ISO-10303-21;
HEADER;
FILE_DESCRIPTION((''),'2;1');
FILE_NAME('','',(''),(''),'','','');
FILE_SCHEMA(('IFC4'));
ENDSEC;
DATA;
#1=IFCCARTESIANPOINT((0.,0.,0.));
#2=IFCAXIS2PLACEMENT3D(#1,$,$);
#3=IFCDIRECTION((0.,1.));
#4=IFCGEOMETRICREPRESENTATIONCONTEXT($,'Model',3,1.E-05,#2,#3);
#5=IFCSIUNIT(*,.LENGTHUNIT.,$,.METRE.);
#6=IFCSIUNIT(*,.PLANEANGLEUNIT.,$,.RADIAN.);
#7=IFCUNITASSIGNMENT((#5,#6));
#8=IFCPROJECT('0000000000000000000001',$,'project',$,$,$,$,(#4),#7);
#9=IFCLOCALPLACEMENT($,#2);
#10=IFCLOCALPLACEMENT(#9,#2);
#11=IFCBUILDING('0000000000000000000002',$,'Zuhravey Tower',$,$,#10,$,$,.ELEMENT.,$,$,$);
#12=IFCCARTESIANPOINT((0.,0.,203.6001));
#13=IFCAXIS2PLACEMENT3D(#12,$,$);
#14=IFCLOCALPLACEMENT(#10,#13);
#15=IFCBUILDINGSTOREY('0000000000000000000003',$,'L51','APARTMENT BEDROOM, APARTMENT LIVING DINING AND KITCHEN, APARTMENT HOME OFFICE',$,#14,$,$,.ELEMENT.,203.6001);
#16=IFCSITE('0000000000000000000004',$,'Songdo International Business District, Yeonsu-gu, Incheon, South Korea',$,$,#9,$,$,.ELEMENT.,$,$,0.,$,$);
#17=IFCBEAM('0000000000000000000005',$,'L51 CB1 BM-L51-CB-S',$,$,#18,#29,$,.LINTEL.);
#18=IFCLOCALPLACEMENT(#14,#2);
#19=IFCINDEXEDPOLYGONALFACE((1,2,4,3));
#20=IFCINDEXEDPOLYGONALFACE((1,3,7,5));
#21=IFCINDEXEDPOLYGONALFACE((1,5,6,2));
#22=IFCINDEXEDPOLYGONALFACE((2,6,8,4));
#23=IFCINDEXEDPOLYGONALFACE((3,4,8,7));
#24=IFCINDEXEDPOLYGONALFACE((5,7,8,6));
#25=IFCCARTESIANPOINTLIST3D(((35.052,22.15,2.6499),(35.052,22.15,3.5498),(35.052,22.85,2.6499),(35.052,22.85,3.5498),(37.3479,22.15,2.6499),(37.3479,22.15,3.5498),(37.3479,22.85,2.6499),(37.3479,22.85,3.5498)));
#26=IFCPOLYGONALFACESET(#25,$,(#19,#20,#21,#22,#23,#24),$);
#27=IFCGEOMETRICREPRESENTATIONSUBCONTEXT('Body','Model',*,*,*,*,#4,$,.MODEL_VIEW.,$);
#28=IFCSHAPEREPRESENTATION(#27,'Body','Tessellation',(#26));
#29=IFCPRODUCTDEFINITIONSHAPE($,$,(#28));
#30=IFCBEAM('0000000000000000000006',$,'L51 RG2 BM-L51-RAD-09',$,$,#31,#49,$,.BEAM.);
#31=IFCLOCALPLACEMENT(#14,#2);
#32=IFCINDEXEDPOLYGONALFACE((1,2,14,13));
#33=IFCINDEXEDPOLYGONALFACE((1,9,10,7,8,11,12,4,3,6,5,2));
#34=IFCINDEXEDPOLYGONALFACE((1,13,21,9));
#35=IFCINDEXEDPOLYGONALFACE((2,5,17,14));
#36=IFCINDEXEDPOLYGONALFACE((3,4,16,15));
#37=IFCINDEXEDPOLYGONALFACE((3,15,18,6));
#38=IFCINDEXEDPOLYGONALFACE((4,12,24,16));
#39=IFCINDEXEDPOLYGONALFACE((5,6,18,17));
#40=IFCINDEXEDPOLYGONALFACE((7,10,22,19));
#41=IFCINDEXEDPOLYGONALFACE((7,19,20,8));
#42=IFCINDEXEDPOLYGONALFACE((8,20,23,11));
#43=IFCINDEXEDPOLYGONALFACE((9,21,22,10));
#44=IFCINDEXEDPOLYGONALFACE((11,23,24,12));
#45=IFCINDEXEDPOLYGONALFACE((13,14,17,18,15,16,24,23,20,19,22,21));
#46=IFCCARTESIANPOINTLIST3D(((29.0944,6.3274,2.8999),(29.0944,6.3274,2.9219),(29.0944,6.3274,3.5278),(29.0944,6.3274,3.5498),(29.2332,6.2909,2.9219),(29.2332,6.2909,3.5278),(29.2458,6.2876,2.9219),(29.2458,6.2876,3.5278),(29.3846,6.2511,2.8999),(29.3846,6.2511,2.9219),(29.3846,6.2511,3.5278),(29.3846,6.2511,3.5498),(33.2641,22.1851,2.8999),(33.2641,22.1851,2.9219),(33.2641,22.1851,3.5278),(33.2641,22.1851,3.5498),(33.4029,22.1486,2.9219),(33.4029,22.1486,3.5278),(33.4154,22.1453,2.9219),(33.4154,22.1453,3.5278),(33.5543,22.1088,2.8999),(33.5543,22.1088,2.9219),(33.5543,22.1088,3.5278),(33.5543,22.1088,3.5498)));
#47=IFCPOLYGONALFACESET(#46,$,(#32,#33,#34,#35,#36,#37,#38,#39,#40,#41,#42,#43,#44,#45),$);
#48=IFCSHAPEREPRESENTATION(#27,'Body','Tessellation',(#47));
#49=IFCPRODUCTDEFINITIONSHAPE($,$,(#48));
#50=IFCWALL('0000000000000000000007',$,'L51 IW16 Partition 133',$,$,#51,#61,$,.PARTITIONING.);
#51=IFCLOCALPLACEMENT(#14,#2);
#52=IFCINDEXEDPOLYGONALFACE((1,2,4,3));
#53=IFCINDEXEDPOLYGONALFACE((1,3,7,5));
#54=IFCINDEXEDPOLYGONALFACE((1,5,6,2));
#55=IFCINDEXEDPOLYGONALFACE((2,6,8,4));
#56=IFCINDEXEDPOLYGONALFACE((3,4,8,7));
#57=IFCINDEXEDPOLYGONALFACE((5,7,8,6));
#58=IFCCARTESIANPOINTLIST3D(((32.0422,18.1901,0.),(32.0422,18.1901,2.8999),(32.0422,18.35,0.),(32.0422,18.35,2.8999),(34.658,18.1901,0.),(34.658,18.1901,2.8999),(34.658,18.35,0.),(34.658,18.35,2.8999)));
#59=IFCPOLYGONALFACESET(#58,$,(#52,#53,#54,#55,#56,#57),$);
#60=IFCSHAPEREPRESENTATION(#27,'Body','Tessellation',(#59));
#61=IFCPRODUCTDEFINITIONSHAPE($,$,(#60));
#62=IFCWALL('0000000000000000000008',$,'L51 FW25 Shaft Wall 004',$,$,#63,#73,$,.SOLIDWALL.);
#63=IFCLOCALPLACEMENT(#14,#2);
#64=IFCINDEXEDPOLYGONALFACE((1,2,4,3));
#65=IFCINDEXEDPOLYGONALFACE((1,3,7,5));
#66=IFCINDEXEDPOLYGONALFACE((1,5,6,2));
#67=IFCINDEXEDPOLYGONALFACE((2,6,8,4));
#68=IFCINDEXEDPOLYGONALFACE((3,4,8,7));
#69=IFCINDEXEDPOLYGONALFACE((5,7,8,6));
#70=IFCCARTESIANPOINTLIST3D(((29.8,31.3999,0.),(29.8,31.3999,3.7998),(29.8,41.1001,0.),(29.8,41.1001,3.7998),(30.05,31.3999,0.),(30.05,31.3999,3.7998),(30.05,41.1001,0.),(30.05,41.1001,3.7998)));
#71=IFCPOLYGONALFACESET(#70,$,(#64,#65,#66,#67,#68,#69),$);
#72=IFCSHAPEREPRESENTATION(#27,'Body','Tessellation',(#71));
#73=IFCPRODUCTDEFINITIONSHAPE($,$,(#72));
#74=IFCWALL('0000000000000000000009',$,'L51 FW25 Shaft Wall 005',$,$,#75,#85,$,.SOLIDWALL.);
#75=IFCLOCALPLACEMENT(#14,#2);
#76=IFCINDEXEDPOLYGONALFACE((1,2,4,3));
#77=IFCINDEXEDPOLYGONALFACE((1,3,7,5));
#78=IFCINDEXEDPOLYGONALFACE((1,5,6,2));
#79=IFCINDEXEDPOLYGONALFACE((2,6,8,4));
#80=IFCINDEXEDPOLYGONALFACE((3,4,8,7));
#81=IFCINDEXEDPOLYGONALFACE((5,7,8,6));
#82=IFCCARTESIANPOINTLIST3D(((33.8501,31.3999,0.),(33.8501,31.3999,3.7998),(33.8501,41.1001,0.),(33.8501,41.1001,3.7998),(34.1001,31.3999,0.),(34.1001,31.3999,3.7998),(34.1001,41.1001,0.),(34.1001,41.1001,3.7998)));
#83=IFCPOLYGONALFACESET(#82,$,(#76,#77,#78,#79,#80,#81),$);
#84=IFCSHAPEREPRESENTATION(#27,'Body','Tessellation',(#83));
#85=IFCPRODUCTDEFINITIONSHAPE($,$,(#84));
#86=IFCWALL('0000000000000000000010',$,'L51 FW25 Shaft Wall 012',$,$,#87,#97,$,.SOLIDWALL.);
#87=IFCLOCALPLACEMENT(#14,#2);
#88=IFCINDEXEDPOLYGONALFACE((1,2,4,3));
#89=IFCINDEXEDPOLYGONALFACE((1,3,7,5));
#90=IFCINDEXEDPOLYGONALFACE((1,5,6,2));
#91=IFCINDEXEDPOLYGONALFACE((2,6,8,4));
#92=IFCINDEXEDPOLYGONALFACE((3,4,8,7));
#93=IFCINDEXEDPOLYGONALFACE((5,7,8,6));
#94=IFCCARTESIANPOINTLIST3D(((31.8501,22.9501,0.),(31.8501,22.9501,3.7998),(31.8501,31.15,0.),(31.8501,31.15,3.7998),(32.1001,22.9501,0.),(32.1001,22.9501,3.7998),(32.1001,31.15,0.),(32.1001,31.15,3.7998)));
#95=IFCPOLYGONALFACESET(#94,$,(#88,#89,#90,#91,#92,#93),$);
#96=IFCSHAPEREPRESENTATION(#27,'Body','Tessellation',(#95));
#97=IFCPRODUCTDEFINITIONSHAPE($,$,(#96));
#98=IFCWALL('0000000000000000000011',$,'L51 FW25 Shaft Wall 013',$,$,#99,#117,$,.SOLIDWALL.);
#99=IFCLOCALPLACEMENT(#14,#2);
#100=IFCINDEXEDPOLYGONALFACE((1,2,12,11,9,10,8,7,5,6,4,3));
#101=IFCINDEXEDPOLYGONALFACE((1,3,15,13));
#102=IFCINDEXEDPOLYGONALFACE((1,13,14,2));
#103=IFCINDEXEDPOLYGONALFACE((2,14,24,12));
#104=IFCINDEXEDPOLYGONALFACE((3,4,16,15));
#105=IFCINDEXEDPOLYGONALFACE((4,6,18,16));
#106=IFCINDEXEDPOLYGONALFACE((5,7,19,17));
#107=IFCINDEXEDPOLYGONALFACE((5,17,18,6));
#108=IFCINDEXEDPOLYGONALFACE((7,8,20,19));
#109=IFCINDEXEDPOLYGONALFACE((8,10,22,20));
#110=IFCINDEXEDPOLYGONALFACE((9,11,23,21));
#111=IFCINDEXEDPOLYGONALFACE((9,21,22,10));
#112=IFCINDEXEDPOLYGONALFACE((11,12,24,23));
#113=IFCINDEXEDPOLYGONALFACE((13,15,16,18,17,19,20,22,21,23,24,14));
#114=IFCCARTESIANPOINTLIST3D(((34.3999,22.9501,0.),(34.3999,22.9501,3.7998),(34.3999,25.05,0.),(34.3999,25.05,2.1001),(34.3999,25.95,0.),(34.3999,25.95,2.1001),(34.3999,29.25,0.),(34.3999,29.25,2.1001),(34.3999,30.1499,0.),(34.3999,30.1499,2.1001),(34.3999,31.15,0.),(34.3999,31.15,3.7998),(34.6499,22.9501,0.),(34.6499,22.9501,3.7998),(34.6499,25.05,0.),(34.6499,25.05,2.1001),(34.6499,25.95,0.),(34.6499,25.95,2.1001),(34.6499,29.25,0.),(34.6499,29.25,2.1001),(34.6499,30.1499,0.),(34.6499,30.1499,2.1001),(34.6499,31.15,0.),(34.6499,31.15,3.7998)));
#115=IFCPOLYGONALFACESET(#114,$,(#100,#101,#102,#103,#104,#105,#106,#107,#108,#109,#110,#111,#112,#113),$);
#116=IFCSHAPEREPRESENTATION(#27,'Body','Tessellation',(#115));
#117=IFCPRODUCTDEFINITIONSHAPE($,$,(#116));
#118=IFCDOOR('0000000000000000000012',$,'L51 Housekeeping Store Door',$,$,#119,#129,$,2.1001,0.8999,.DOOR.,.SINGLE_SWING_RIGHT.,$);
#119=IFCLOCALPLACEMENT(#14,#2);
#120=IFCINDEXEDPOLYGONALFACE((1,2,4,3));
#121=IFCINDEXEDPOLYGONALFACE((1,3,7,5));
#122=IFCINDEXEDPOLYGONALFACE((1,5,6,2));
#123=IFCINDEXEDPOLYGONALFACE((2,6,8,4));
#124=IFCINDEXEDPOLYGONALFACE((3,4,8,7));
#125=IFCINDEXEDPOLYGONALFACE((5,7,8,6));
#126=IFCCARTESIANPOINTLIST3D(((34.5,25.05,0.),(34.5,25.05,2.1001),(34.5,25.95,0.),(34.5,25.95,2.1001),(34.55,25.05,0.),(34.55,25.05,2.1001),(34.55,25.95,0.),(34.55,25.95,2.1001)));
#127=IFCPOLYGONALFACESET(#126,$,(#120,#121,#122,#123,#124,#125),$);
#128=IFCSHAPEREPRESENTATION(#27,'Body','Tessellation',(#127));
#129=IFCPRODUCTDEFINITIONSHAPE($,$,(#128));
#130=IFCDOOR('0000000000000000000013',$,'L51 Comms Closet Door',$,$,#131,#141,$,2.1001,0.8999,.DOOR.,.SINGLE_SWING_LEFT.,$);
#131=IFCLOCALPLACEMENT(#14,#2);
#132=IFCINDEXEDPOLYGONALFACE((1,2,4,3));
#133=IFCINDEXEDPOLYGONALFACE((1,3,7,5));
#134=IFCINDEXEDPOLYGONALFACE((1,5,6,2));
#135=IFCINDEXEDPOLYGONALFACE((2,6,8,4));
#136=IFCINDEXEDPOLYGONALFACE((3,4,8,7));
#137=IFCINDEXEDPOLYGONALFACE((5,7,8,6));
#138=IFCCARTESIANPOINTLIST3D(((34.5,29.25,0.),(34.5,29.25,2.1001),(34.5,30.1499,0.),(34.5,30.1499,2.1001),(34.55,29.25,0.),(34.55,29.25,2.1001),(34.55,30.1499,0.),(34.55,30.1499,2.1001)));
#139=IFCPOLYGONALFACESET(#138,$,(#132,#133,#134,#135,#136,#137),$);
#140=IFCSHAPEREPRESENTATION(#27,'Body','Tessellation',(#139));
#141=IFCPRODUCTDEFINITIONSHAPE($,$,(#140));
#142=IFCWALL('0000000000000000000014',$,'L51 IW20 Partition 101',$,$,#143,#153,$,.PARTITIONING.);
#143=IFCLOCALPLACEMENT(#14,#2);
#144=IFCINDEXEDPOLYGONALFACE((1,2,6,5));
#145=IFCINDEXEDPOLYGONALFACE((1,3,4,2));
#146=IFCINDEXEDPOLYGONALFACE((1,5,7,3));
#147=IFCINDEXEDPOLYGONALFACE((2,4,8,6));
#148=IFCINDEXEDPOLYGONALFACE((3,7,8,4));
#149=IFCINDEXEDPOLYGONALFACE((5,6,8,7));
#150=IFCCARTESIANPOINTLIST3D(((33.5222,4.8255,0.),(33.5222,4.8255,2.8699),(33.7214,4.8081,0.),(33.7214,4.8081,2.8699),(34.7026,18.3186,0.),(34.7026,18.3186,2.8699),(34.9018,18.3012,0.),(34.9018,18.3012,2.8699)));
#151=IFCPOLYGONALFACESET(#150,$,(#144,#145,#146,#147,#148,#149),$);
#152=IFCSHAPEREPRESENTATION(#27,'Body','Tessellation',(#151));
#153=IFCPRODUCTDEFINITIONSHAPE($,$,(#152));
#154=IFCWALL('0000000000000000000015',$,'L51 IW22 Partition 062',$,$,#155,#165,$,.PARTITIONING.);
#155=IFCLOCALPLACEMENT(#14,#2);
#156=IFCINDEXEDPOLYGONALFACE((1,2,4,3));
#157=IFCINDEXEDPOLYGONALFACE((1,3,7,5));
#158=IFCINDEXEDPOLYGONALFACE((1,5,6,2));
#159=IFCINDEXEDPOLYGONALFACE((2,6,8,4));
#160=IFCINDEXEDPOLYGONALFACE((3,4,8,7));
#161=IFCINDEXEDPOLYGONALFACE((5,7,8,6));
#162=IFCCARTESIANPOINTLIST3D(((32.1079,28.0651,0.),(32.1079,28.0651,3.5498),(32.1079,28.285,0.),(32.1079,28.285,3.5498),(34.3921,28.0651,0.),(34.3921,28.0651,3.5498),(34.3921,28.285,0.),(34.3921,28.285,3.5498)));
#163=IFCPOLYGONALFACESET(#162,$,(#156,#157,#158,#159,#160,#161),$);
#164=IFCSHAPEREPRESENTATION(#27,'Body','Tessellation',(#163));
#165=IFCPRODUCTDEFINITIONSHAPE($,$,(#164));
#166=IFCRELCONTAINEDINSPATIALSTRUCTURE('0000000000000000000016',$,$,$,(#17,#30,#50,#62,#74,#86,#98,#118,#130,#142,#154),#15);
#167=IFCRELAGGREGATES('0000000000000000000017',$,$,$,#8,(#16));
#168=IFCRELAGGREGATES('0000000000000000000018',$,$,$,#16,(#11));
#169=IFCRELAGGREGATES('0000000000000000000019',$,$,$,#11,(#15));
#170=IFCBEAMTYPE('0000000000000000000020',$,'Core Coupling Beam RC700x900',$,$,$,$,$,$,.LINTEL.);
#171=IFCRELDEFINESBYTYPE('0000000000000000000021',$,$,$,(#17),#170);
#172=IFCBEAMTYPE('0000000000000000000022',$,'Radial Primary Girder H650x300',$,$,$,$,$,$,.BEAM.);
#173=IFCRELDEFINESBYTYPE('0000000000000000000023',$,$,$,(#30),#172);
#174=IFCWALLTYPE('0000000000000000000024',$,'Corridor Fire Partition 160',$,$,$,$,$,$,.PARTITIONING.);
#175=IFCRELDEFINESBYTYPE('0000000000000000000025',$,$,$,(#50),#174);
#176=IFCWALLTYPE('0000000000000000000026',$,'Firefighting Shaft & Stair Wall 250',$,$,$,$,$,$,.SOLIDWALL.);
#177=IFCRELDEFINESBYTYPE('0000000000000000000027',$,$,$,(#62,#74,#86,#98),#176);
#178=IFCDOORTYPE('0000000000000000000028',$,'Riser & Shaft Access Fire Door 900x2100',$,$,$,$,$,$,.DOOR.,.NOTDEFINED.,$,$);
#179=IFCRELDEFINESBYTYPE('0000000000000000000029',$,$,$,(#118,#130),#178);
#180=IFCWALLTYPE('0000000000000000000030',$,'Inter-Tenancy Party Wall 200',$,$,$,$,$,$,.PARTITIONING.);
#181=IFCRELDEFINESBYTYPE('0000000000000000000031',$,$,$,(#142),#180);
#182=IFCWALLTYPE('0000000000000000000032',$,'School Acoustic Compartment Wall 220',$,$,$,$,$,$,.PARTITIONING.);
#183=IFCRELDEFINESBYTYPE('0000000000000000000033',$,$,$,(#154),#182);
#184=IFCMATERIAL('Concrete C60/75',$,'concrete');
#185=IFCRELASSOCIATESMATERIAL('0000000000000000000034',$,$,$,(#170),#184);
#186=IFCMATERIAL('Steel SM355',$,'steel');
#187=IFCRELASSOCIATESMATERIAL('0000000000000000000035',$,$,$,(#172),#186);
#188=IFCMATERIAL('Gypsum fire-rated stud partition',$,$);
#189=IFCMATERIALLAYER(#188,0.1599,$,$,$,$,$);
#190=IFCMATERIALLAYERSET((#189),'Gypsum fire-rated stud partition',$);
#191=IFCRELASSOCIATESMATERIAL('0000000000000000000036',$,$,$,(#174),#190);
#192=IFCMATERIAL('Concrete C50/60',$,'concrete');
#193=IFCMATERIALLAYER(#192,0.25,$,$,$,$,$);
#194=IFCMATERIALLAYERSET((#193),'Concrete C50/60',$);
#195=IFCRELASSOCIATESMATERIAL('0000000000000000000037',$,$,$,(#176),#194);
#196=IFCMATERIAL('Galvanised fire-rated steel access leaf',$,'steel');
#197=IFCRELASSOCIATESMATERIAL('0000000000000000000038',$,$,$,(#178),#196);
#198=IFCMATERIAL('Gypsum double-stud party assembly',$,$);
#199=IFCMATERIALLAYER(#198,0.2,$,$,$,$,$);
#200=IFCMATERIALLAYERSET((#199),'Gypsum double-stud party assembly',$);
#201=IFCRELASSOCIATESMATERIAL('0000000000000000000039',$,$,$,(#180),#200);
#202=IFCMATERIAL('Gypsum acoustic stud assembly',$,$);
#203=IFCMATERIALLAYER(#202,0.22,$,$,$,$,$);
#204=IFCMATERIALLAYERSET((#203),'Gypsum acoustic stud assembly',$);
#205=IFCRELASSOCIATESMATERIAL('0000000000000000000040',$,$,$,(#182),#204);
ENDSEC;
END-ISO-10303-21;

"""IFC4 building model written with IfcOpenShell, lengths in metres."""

from ifc_helpers import new_model, si_unit, direction, frame, frame_2d, origin, origin_2d, place, context, subcontext, project, spatial, rectangle, i_section, extrude, material, layer, layer_set, material_profile, profile_set, type_object, element, fill, save


model = new_model("IFC4")

# Units and contexts
model_context = context("Model", 3, precision=1e-05, world=origin(), true_north=direction((0.0, 1.0)))
body_context = subcontext(model_context, "Body", "Model", "MODEL_VIEW")
ifc_project = project(units=[si_unit("LENGTHUNIT", "METRE"), si_unit("PLANEANGLEUNIT", "RADIAN")], contexts=[model_context])

# Site, building, storey
site_placement = place(None, origin())
site = spatial("IfcSite", under=ifc_project, at=site_placement, Name="Songdo International Business District, Yeonsu-gu, Incheon, South Korea", CompositionType="ELEMENT", RefElevation=0.0)
building_placement = place(site_placement, origin())
building = spatial("IfcBuilding", under=site, at=building_placement, Name="Zuhravey Tower", CompositionType="ELEMENT")
storey_placement = place(building_placement, frame((0.0, 0.0, 203.6001)))
storey = spatial("IfcBuildingStorey", under=building, at=storey_placement, Name="L51", Description="APARTMENT BEDROOM, APARTMENT LIVING DINING AND KITCHEN, APARTMENT HOME OFFICE", CompositionType="ELEMENT", Elevation=203.6001)

# Beams
ifc_material_1 = material(Name="Concrete C60/75", Category="concrete")
ifc_material_profile_1 = material_profile(ifc_material_1, rectangle(XDim=0.7, YDim=0.8999, at=origin_2d()), Name="RC-700x900")
ifc_profile_set_1 = profile_set([ifc_material_profile_1], Name="Concrete C60/75")
beam_type_1 = type_object("IfcBeamType", Name="Core Coupling Beam RC700x900", PredefinedType="LINTEL", material=ifc_profile_set_1)
beam_1_placement = place(storey_placement, frame((35.052, 22.5, 3.0999), z_axis=(1.0, 0.0, 0.0), x_axis=(0.0, 1.0, 0.0)))
element("IfcBeam", 1, at=beam_1_placement, inside=storey, type_object=beam_type_1, Name="L51 CB1 BM-L51-CB-S", PredefinedType="LINTEL", context=body_context, shape_type="SweptSolid", body=[
    extrude(rectangle(XDim=0.7, YDim=0.8999, at=origin_2d()), origin(), (0.0, 0.0, 1.0), 2.2959),
])
ifc_material_2 = material(Name="Steel SM355", Category="steel")
ifc_material_profile_2 = material_profile(ifc_material_2, i_section(OverallWidth=0.3, OverallDepth=0.6499, WebThickness=0.0129, FlangeThickness=0.022, at=origin_2d()), Name="H-650x300x13x22")
ifc_profile_set_2 = profile_set([ifc_material_profile_2], Name="Steel SM355")
beam_type_2 = type_object("IfcBeamType", Name="Radial Primary Girder H650x300", PredefinedType="BEAM", material=ifc_profile_set_2)
beam_2_placement = place(storey_placement, frame((33.4092, 22.147, 3.2249), z_axis=(-0.2543, -0.967125, 0.0), x_axis=(0.967125, -0.2543, 0.0)))
element("IfcBeam", 2, at=beam_2_placement, inside=storey, type_object=beam_type_2, Name="L51 RG2 BM-L51-RAD-09", PredefinedType="BEAM", context=body_context, shape_type="SweptSolid", body=[
    extrude(i_section(OverallWidth=0.3, OverallDepth=0.6499, WebThickness=0.0129, FlangeThickness=0.022, at=origin_2d()), origin(), (0.0, 0.0, 1.0), 16.3967),
])

# Shared definitions
ifc_material_3 = material(Name="Gypsum fire-rated stud partition")
ifc_layer_1 = layer(ifc_material_3, 0.1599)
ifc_layer_set_1 = layer_set([ifc_layer_1], Name="Gypsum fire-rated stud partition")
wall_type_1 = type_object("IfcWallType", Name="Corridor Fire Partition 160", PredefinedType="PARTITIONING", material=ifc_layer_set_1)

# Wall
wall_1_placement = place(storey_placement, frame((32.0422, 18.27, 0.0), z_axis=(0.0, 0.0, 1.0), x_axis=(1.0, 0.0, 0.0)))
element("IfcWall", 3, at=wall_1_placement, inside=storey, type_object=wall_type_1, Name="L51 IW16 Partition 133", PredefinedType="PARTITIONING", context=body_context, shape_type="SweptSolid", body=[
    extrude(rectangle(XDim=2.6157, YDim=0.1599, at=frame_2d((1.3079, 0.0))), origin(), (0.0, 0.0, 1.0), 2.8999),
])

# Shared definitions
ifc_material_4 = material(Name="Concrete C50/60", Category="concrete")
ifc_layer_2 = layer(ifc_material_4, 0.25)
ifc_layer_set_2 = layer_set([ifc_layer_2], Name="Concrete C50/60")
wall_type_2 = type_object("IfcWallType", Name="Firefighting Shaft & Stair Wall 250", PredefinedType="SOLIDWALL", material=ifc_layer_set_2)

# Walls
for number, where, z_axis, x_axis, name in (
    (4, (29.925, 31.3999, 0.0), (0.0, 0.0, 1.0), (0.0, 1.0, 0.0), "L51 FW25 Shaft Wall 004"),
    (5, (33.9751, 31.3999, 0.0), (0.0, 0.0, 1.0), (0.0, 1.0, 0.0), "L51 FW25 Shaft Wall 005"),
):
    element("IfcWall", number, at=place(storey_placement, frame(where, z_axis=z_axis, x_axis=x_axis)), inside=storey, type_object=wall_type_2, Name=name, PredefinedType="SOLIDWALL", context=body_context, shape_type="SweptSolid", body=[
        extrude(rectangle(XDim=9.7002, YDim=0.25, at=frame_2d((4.8501, 0.0))), origin(), (0.0, 0.0, 1.0), 3.7998),
    ])
wall_2_placement = place(storey_placement, frame((31.9751, 22.95, 0.0), z_axis=(0.0, 0.0, 1.0), x_axis=(0.0, 1.0, 0.0)))
element("IfcWall", 6, at=wall_2_placement, inside=storey, type_object=wall_type_2, Name="L51 FW25 Shaft Wall 012", PredefinedType="SOLIDWALL", context=body_context, shape_type="SweptSolid", body=[
    extrude(rectangle(XDim=8.2, YDim=0.25, at=frame_2d((4.1001, 0.0))), origin(), (0.0, 0.0, 1.0), 3.7998),
])

# Wall, openings, doors
wall_3_placement = place(storey_placement, frame((34.5249, 22.95, 0.0), z_axis=(0.0, 0.0, 1.0), x_axis=(0.0, 1.0, 0.0)))
wall_3 = element("IfcWall", 7, at=wall_3_placement, inside=storey, type_object=wall_type_2, Name="L51 FW25 Shaft Wall 013", PredefinedType="SOLIDWALL", context=body_context, shape_type="SweptSolid", body=[
    extrude(rectangle(XDim=8.2, YDim=0.25, at=frame_2d((4.1001, 0.0))), origin(), (0.0, 0.0, 1.0), 3.7998),
])
opening_1_placement = place(wall_3_placement, frame((2.1001, 0.0, 0.0)))
opening_1 = element("IfcOpeningElement", 8, at=opening_1_placement, cuts=wall_3, PredefinedType="OPENING", context=body_context, shape_type="SweptSolid", body=[
    extrude(rectangle(XDim=0.8999, YDim=2.1001, at=frame_2d((0.45, 1.05))), frame((0.0, 0.137, 0.0), z_axis=(0.0, -1.0, 0.0), x_axis=(1.0, 0.0, 0.0)), (0.0, 0.0, 1.0), 0.2739),
])
opening_2_placement = place(wall_3_placement, frame((6.3, 0.0, 0.0)))
opening_2 = element("IfcOpeningElement", 9, at=opening_2_placement, cuts=wall_3, PredefinedType="OPENING", context=body_context, shape_type="SweptSolid", body=[
    extrude(rectangle(XDim=0.8999, YDim=2.1001, at=frame_2d((0.45, 1.05))), frame((0.0, 0.137, 0.0), z_axis=(0.0, -1.0, 0.0), x_axis=(1.0, 0.0, 0.0)), (0.0, 0.0, 1.0), 0.2739),
])
ifc_material_5 = material(Name="Galvanised fire-rated steel access leaf", Category="steel")
door_type_1 = type_object("IfcDoorType", Name="Riser & Shaft Access Fire Door 900x2100", OperationType="NOTDEFINED", PredefinedType="DOOR", material=ifc_material_5)
door_1_placement = place(opening_1_placement, origin())
door_1 = element("IfcDoor", 10, at=door_1_placement, inside=storey, type_object=door_type_1, Name="L51 Housekeeping Store Door", OperationType="SINGLE_SWING_RIGHT", OverallHeight=2.1001, OverallWidth=0.8999, PredefinedType="DOOR", context=body_context, shape_type="SweptSolid", body=[
    extrude(rectangle(XDim=0.8999, YDim=2.1001, at=frame_2d((0.45, 1.05))), frame((0.0, 0.0249, 0.0), z_axis=(0.0, -1.0, 0.0), x_axis=(1.0, 0.0, 0.0)), (0.0, 0.0, 1.0), 0.05),
])
fill(opening_1, door_1)
door_2_placement = place(opening_2_placement, origin())
door_2 = element("IfcDoor", 11, at=door_2_placement, inside=storey, type_object=door_type_1, Name="L51 Comms Closet Door", OperationType="SINGLE_SWING_LEFT", OverallHeight=2.1001, OverallWidth=0.8999, PredefinedType="DOOR", context=body_context, shape_type="SweptSolid", body=[
    extrude(rectangle(XDim=0.8999, YDim=2.1001, at=frame_2d((0.45, 1.05))), frame((0.0, 0.0249, 0.0), z_axis=(0.0, -1.0, 0.0), x_axis=(1.0, 0.0, 0.0)), (0.0, 0.0, 1.0), 0.05),
])
fill(opening_2, door_2)

# Walls
ifc_material_6 = material(Name="Gypsum double-stud party assembly")
ifc_layer_3 = layer(ifc_material_6, 0.2)
ifc_layer_set_3 = layer_set([ifc_layer_3], Name="Gypsum double-stud party assembly")
wall_type_3 = type_object("IfcWallType", Name="Inter-Tenancy Party Wall 200", PredefinedType="PARTITIONING", material=ifc_layer_set_3)
wall_4_placement = place(storey_placement, frame((34.8022, 18.3101, 0.0), z_axis=(0.0, 0.0, 1.0), x_axis=(-0.08715, -0.996195, 0.0)))
element("IfcWall", 12, at=wall_4_placement, inside=storey, type_object=wall_type_3, Name="L51 IW20 Partition 101", PredefinedType="PARTITIONING", context=body_context, shape_type="SweptSolid", body=[
    extrude(rectangle(XDim=13.5447, YDim=0.2, at=frame_2d((6.7725, 0.0))), origin(), (0.0, 0.0, 1.0), 2.8699),
])
ifc_material_7 = material(Name="Gypsum acoustic stud assembly")
ifc_layer_4 = layer(ifc_material_7, 0.22)
ifc_layer_set_4 = layer_set([ifc_layer_4], Name="Gypsum acoustic stud assembly")
wall_type_4 = type_object("IfcWallType", Name="School Acoustic Compartment Wall 220", PredefinedType="PARTITIONING", material=ifc_layer_set_4)
wall_5_placement = place(storey_placement, frame((32.1079, 28.175, 0.0), z_axis=(0.0, 0.0, 1.0), x_axis=(1.0, 0.0, 0.0)))
element("IfcWall", 13, at=wall_5_placement, inside=storey, type_object=wall_type_4, Name="L51 IW22 Partition 062", PredefinedType="PARTITIONING", context=body_context, shape_type="SweptSolid", body=[
    extrude(rectangle(XDim=2.2842, YDim=0.22, at=frame_2d((1.1421, 0.0))), origin(), (0.0, 0.0, 1.0), 3.5498),
])

save(model, "model.ifc")
